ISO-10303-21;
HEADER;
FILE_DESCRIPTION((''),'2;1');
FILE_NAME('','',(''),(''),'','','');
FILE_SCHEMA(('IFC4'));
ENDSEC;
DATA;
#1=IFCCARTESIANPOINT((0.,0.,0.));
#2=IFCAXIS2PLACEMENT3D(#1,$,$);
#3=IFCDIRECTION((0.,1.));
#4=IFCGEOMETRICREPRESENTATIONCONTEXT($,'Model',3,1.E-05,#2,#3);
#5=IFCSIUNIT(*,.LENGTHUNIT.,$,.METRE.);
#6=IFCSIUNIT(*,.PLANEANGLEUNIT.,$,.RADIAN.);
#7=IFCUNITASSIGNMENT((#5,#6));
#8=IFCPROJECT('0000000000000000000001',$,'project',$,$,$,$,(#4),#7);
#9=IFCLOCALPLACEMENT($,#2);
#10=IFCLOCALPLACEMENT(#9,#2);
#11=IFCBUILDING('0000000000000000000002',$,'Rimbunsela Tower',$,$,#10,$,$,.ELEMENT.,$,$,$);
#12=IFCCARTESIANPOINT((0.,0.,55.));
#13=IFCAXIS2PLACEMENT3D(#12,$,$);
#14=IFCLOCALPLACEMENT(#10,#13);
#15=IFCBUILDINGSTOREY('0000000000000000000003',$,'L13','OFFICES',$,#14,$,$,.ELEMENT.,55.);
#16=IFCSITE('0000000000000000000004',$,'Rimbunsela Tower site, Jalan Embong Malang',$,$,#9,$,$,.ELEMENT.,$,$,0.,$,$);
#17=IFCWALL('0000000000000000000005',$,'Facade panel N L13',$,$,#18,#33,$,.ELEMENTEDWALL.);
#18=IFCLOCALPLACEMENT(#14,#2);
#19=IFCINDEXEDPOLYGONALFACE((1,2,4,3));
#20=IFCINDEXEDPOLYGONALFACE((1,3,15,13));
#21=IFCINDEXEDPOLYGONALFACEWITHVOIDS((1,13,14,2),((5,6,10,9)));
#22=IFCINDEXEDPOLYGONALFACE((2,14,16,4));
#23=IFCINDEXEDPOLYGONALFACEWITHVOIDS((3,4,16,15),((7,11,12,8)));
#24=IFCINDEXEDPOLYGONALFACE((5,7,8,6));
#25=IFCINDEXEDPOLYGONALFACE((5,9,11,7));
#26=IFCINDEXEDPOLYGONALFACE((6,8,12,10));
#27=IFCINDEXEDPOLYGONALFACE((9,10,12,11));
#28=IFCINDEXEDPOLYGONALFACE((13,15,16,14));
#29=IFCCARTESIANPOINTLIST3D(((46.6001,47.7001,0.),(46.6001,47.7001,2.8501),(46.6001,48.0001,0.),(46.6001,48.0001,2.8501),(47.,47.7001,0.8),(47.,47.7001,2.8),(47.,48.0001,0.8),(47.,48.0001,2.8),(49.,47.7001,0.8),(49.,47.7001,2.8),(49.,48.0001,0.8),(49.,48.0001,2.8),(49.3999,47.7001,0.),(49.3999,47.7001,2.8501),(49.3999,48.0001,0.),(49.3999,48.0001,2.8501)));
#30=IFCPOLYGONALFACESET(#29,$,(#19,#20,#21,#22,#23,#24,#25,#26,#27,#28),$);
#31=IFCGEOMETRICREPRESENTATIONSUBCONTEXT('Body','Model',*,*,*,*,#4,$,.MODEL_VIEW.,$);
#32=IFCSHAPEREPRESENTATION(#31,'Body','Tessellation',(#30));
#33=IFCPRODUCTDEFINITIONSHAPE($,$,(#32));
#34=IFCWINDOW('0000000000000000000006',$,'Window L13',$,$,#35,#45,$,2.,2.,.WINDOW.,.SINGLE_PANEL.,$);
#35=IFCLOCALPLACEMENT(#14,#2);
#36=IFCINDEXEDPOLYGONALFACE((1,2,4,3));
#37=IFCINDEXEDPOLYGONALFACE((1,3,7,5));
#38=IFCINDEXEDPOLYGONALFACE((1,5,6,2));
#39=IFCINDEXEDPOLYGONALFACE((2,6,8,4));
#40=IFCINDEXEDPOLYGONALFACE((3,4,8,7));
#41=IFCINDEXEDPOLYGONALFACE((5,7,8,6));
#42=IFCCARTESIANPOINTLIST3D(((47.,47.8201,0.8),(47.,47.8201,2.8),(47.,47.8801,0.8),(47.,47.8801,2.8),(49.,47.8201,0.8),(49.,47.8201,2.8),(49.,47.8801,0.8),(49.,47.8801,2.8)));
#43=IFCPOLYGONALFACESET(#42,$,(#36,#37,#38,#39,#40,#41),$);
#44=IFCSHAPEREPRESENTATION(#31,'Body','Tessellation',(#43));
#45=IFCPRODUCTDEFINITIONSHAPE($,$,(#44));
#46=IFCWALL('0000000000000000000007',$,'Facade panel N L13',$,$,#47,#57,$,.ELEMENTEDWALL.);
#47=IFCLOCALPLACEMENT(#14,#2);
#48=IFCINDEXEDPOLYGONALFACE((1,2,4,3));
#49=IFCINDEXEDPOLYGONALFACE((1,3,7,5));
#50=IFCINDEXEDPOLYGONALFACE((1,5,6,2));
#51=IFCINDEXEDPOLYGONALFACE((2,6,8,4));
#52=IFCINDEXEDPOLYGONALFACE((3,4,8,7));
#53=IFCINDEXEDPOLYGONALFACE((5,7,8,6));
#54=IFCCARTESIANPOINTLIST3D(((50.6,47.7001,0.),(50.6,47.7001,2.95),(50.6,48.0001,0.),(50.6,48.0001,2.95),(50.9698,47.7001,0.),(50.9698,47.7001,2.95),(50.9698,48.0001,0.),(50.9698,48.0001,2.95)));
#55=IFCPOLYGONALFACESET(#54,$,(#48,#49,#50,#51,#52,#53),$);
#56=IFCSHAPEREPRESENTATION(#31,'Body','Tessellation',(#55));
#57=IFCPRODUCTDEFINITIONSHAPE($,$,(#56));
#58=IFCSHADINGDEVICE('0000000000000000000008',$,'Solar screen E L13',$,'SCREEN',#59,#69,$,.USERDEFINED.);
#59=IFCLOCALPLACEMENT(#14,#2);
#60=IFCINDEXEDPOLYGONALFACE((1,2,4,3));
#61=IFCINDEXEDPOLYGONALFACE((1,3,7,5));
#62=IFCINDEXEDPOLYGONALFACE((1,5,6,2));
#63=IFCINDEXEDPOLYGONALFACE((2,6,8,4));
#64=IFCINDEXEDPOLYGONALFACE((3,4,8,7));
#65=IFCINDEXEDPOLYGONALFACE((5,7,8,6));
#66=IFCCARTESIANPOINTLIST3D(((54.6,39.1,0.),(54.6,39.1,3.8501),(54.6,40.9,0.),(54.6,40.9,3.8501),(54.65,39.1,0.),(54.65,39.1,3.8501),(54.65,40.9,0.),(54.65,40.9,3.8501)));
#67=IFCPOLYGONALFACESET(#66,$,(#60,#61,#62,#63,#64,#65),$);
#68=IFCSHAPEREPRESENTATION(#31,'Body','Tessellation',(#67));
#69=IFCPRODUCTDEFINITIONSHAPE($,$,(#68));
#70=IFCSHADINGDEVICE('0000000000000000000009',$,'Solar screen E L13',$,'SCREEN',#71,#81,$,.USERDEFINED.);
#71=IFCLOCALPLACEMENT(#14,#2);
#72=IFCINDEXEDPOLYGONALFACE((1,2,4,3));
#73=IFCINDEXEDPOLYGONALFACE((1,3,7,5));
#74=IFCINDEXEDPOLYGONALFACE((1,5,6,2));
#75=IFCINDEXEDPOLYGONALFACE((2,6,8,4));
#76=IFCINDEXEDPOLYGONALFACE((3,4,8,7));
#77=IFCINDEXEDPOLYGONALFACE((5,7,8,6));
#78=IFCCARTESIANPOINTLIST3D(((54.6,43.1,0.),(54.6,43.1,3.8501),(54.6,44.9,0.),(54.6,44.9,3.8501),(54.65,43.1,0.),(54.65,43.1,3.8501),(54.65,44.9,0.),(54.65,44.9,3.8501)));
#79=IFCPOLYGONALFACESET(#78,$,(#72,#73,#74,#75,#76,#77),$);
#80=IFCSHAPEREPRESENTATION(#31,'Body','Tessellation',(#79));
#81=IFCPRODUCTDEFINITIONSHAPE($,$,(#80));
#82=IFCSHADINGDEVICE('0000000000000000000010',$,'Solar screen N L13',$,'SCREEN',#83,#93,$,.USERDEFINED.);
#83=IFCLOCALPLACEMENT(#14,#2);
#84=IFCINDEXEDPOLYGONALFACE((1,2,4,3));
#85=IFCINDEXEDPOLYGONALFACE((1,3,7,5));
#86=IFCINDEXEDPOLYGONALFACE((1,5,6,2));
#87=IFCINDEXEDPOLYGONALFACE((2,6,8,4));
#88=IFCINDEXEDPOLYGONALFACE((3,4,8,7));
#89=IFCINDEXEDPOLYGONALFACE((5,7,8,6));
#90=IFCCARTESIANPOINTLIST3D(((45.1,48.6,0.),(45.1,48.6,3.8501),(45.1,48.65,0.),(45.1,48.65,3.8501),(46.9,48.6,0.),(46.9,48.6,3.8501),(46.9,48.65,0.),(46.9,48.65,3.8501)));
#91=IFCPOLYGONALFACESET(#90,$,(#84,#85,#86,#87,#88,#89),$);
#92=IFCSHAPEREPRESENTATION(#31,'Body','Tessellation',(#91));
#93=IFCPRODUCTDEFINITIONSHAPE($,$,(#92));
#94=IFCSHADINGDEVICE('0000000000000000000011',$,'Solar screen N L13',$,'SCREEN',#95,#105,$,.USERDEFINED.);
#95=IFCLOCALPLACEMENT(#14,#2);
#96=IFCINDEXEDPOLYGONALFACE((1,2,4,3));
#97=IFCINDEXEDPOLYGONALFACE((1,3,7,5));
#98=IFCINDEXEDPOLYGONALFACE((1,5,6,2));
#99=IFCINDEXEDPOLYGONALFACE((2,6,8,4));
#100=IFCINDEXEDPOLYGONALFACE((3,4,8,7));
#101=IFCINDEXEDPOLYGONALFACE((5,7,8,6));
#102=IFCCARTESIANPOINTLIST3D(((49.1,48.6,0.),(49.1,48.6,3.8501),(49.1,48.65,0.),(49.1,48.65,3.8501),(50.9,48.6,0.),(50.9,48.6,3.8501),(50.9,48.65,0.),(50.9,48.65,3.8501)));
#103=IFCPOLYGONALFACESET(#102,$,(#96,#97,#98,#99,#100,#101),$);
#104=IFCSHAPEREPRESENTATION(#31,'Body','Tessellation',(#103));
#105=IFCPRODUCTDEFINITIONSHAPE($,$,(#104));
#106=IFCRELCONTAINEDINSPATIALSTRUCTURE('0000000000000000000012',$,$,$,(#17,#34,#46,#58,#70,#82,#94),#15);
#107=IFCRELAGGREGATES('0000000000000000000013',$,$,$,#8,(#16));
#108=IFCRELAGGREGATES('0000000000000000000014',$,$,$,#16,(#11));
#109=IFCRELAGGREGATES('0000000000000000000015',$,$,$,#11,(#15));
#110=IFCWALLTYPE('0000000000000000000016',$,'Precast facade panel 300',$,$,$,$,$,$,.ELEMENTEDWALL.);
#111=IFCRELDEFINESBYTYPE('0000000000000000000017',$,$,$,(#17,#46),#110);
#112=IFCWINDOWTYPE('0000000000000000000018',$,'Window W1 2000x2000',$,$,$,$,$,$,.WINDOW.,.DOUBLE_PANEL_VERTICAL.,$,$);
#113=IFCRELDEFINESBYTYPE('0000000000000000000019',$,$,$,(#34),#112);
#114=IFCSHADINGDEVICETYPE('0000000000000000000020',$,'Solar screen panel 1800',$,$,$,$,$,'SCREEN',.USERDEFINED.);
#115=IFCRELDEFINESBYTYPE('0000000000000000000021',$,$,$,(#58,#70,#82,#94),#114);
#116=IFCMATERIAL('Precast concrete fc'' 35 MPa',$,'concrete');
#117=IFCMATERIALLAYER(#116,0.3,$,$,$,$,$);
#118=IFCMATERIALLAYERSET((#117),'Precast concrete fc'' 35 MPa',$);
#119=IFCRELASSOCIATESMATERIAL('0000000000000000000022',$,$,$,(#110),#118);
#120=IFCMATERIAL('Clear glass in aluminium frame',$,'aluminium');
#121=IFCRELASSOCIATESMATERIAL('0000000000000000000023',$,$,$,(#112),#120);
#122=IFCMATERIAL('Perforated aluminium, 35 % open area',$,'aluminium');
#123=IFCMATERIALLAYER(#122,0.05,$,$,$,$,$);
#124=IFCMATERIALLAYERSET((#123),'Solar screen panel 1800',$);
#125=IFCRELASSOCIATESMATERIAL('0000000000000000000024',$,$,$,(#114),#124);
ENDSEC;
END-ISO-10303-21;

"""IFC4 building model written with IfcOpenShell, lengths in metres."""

from ifc_helpers import new_model, si_unit, direction, frame, frame_2d, origin, origin_2d, place, context, subcontext, project, spatial, rectangle, extrude, material, layer, layer_set, type_object, element, fill, save


model = new_model("IFC4")

# Units and contexts
model_context = context("Model", 3, precision=1e-05, world=origin(), true_north=direction((0.0, 1.0)))
body_context = subcontext(model_context, "Body", "Model", "MODEL_VIEW")
ifc_project = project(units=[si_unit("LENGTHUNIT", "METRE"), si_unit("PLANEANGLEUNIT", "RADIAN")], contexts=[model_context])

# Site, building, storey
site_placement = place(None, origin())
site = spatial("IfcSite", under=ifc_project, at=site_placement, Name="Rimbunsela Tower site, Jalan Embong Malang", CompositionType="ELEMENT", RefElevation=0.0)
building_placement = place(site_placement, origin())
building = spatial("IfcBuilding", under=site, at=building_placement, Name="Rimbunsela Tower", CompositionType="ELEMENT")
storey_placement = place(building_placement, frame((0.0, 0.0, 55.0)))
storey = spatial("IfcBuildingStorey", under=building, at=storey_placement, Name="L13", Description="OFFICES", CompositionType="ELEMENT", Elevation=55.0)

# Shared definitions
ifc_material_1 = material(Name="Precast concrete fc' 35 MPa", Category="concrete")
ifc_layer_1 = layer(ifc_material_1, 0.3)
ifc_layer_set_1 = layer_set([ifc_layer_1], Name="Precast concrete fc' 35 MPa")
wall_type_1 = type_object("IfcWallType", Name="Precast facade panel 300", PredefinedType="ELEMENTEDWALL", material=ifc_layer_set_1)
ifc_material_2 = material(Name="Clear glass in aluminium frame", Category="aluminium")
window_type = type_object("IfcWindowType", Name="Window W1 2000x2000", PartitioningType="DOUBLE_PANEL_VERTICAL", PredefinedType="WINDOW", material=ifc_material_2)

# Wall, opening, window
wall_1_placement = place(storey_placement, frame((49.3999, 47.8501, 0.0), z_axis=(0.0, 0.0, 1.0), x_axis=(-1.0, 0.0, 0.0)))
wall_1 = element("IfcWall", 1, at=wall_1_placement, inside=storey, type_object=wall_type_1, Name="Facade panel N L13", PredefinedType="ELEMENTEDWALL", context=body_context, shape_type="SweptSolid", body=[
    extrude(rectangle(XDim=2.7998, YDim=0.3, at=frame_2d((1.3999, 0.0))), origin(), (0.0, 0.0, 1.0), 2.8501),
])
opening_1_placement = place(wall_1_placement, frame((0.3999, 0.0, 0.8)))
opening_1 = element("IfcOpeningElement", 2, at=opening_1_placement, cuts=wall_1, PredefinedType="OPENING", context=body_context, shape_type="SweptSolid", body=[
    extrude(rectangle(XDim=2.0, YDim=2.0, at=frame_2d((1.0, 1.0))), frame((0.0, 0.1599, 0.0), z_axis=(0.0, -1.0, 0.0), x_axis=(1.0, 0.0, 0.0)), (0.0, 0.0, 1.0), 0.3201),
])
window_1_placement = place(opening_1_placement, origin())
window_1 = element("IfcWindow", 3, at=window_1_placement, inside=storey, type_object=window_type, Name="Window L13", OverallHeight=2.0, OverallWidth=2.0, PartitioningType="SINGLE_PANEL", PredefinedType="WINDOW", context=body_context, shape_type="SweptSolid", body=[
    extrude(rectangle(XDim=2.0, YDim=2.0, at=frame_2d((1.0, 1.0))), frame((0.0, 0.03, 0.0), z_axis=(0.0, -1.0, 0.0), x_axis=(1.0, 0.0, 0.0)), (0.0, 0.0, 1.0), 0.0601),
])
fill(opening_1, window_1)

# Wall
wall_2_placement = place(storey_placement, frame((50.97, 47.8501, 0.0), z_axis=(0.0, 0.0, 1.0), x_axis=(-1.0, 0.0, 0.0)))
element("IfcWall", 4, at=wall_2_placement, inside=storey, type_object=wall_type_1, Name="Facade panel N L13", PredefinedType="ELEMENTEDWALL", context=body_context, shape_type="SweptSolid", body=[
    extrude(rectangle(XDim=0.3699, YDim=0.3, at=frame_2d((0.1851, 0.0))), origin(), (0.0, 0.0, 1.0), 2.95),
])

# Shading devices
ifc_material_3 = material(Name="Perforated aluminium, 35 % open area", Category="aluminium")
ifc_layer_2 = layer(ifc_material_3, 0.05)
ifc_layer_set_2 = layer_set([ifc_layer_2], Name="Solar screen panel 1800")
shading_device_type = type_object("IfcShadingDeviceType", Name="Solar screen panel 1800", ElementType="SCREEN", PredefinedType="USERDEFINED", material=ifc_layer_set_2)
for number, where, z_axis, x_axis, name in (
    (5, (54.625, 40.0, 0.0), (0.0, 0.0, 1.0), (0.0, 1.0, 0.0), "Solar screen E L13"),
    (6, (54.625, 44.0, 0.0), (0.0, 0.0, 1.0), (0.0, 1.0, 0.0), "Solar screen E L13"),
    (7, (46.0, 48.625, 0.0), (0.0, 0.0, 1.0), (1.0, 0.0, 0.0), "Solar screen N L13"),
    (8, (50.0, 48.625, 0.0), (0.0, 0.0, 1.0), (1.0, 0.0, 0.0), "Solar screen N L13"),
):
    element("IfcShadingDevice", number, at=place(storey_placement, frame(where, z_axis=z_axis, x_axis=x_axis)), inside=storey, type_object=shading_device_type, Name=name, ObjectType="SCREEN", PredefinedType="USERDEFINED", context=body_context, shape_type="SweptSolid", body=[
        extrude(rectangle(XDim=1.8, YDim=0.05, at=origin_2d()), origin(), (0.0, 0.0, 1.0), 3.8501),
    ])

save(model, "model.ifc")
